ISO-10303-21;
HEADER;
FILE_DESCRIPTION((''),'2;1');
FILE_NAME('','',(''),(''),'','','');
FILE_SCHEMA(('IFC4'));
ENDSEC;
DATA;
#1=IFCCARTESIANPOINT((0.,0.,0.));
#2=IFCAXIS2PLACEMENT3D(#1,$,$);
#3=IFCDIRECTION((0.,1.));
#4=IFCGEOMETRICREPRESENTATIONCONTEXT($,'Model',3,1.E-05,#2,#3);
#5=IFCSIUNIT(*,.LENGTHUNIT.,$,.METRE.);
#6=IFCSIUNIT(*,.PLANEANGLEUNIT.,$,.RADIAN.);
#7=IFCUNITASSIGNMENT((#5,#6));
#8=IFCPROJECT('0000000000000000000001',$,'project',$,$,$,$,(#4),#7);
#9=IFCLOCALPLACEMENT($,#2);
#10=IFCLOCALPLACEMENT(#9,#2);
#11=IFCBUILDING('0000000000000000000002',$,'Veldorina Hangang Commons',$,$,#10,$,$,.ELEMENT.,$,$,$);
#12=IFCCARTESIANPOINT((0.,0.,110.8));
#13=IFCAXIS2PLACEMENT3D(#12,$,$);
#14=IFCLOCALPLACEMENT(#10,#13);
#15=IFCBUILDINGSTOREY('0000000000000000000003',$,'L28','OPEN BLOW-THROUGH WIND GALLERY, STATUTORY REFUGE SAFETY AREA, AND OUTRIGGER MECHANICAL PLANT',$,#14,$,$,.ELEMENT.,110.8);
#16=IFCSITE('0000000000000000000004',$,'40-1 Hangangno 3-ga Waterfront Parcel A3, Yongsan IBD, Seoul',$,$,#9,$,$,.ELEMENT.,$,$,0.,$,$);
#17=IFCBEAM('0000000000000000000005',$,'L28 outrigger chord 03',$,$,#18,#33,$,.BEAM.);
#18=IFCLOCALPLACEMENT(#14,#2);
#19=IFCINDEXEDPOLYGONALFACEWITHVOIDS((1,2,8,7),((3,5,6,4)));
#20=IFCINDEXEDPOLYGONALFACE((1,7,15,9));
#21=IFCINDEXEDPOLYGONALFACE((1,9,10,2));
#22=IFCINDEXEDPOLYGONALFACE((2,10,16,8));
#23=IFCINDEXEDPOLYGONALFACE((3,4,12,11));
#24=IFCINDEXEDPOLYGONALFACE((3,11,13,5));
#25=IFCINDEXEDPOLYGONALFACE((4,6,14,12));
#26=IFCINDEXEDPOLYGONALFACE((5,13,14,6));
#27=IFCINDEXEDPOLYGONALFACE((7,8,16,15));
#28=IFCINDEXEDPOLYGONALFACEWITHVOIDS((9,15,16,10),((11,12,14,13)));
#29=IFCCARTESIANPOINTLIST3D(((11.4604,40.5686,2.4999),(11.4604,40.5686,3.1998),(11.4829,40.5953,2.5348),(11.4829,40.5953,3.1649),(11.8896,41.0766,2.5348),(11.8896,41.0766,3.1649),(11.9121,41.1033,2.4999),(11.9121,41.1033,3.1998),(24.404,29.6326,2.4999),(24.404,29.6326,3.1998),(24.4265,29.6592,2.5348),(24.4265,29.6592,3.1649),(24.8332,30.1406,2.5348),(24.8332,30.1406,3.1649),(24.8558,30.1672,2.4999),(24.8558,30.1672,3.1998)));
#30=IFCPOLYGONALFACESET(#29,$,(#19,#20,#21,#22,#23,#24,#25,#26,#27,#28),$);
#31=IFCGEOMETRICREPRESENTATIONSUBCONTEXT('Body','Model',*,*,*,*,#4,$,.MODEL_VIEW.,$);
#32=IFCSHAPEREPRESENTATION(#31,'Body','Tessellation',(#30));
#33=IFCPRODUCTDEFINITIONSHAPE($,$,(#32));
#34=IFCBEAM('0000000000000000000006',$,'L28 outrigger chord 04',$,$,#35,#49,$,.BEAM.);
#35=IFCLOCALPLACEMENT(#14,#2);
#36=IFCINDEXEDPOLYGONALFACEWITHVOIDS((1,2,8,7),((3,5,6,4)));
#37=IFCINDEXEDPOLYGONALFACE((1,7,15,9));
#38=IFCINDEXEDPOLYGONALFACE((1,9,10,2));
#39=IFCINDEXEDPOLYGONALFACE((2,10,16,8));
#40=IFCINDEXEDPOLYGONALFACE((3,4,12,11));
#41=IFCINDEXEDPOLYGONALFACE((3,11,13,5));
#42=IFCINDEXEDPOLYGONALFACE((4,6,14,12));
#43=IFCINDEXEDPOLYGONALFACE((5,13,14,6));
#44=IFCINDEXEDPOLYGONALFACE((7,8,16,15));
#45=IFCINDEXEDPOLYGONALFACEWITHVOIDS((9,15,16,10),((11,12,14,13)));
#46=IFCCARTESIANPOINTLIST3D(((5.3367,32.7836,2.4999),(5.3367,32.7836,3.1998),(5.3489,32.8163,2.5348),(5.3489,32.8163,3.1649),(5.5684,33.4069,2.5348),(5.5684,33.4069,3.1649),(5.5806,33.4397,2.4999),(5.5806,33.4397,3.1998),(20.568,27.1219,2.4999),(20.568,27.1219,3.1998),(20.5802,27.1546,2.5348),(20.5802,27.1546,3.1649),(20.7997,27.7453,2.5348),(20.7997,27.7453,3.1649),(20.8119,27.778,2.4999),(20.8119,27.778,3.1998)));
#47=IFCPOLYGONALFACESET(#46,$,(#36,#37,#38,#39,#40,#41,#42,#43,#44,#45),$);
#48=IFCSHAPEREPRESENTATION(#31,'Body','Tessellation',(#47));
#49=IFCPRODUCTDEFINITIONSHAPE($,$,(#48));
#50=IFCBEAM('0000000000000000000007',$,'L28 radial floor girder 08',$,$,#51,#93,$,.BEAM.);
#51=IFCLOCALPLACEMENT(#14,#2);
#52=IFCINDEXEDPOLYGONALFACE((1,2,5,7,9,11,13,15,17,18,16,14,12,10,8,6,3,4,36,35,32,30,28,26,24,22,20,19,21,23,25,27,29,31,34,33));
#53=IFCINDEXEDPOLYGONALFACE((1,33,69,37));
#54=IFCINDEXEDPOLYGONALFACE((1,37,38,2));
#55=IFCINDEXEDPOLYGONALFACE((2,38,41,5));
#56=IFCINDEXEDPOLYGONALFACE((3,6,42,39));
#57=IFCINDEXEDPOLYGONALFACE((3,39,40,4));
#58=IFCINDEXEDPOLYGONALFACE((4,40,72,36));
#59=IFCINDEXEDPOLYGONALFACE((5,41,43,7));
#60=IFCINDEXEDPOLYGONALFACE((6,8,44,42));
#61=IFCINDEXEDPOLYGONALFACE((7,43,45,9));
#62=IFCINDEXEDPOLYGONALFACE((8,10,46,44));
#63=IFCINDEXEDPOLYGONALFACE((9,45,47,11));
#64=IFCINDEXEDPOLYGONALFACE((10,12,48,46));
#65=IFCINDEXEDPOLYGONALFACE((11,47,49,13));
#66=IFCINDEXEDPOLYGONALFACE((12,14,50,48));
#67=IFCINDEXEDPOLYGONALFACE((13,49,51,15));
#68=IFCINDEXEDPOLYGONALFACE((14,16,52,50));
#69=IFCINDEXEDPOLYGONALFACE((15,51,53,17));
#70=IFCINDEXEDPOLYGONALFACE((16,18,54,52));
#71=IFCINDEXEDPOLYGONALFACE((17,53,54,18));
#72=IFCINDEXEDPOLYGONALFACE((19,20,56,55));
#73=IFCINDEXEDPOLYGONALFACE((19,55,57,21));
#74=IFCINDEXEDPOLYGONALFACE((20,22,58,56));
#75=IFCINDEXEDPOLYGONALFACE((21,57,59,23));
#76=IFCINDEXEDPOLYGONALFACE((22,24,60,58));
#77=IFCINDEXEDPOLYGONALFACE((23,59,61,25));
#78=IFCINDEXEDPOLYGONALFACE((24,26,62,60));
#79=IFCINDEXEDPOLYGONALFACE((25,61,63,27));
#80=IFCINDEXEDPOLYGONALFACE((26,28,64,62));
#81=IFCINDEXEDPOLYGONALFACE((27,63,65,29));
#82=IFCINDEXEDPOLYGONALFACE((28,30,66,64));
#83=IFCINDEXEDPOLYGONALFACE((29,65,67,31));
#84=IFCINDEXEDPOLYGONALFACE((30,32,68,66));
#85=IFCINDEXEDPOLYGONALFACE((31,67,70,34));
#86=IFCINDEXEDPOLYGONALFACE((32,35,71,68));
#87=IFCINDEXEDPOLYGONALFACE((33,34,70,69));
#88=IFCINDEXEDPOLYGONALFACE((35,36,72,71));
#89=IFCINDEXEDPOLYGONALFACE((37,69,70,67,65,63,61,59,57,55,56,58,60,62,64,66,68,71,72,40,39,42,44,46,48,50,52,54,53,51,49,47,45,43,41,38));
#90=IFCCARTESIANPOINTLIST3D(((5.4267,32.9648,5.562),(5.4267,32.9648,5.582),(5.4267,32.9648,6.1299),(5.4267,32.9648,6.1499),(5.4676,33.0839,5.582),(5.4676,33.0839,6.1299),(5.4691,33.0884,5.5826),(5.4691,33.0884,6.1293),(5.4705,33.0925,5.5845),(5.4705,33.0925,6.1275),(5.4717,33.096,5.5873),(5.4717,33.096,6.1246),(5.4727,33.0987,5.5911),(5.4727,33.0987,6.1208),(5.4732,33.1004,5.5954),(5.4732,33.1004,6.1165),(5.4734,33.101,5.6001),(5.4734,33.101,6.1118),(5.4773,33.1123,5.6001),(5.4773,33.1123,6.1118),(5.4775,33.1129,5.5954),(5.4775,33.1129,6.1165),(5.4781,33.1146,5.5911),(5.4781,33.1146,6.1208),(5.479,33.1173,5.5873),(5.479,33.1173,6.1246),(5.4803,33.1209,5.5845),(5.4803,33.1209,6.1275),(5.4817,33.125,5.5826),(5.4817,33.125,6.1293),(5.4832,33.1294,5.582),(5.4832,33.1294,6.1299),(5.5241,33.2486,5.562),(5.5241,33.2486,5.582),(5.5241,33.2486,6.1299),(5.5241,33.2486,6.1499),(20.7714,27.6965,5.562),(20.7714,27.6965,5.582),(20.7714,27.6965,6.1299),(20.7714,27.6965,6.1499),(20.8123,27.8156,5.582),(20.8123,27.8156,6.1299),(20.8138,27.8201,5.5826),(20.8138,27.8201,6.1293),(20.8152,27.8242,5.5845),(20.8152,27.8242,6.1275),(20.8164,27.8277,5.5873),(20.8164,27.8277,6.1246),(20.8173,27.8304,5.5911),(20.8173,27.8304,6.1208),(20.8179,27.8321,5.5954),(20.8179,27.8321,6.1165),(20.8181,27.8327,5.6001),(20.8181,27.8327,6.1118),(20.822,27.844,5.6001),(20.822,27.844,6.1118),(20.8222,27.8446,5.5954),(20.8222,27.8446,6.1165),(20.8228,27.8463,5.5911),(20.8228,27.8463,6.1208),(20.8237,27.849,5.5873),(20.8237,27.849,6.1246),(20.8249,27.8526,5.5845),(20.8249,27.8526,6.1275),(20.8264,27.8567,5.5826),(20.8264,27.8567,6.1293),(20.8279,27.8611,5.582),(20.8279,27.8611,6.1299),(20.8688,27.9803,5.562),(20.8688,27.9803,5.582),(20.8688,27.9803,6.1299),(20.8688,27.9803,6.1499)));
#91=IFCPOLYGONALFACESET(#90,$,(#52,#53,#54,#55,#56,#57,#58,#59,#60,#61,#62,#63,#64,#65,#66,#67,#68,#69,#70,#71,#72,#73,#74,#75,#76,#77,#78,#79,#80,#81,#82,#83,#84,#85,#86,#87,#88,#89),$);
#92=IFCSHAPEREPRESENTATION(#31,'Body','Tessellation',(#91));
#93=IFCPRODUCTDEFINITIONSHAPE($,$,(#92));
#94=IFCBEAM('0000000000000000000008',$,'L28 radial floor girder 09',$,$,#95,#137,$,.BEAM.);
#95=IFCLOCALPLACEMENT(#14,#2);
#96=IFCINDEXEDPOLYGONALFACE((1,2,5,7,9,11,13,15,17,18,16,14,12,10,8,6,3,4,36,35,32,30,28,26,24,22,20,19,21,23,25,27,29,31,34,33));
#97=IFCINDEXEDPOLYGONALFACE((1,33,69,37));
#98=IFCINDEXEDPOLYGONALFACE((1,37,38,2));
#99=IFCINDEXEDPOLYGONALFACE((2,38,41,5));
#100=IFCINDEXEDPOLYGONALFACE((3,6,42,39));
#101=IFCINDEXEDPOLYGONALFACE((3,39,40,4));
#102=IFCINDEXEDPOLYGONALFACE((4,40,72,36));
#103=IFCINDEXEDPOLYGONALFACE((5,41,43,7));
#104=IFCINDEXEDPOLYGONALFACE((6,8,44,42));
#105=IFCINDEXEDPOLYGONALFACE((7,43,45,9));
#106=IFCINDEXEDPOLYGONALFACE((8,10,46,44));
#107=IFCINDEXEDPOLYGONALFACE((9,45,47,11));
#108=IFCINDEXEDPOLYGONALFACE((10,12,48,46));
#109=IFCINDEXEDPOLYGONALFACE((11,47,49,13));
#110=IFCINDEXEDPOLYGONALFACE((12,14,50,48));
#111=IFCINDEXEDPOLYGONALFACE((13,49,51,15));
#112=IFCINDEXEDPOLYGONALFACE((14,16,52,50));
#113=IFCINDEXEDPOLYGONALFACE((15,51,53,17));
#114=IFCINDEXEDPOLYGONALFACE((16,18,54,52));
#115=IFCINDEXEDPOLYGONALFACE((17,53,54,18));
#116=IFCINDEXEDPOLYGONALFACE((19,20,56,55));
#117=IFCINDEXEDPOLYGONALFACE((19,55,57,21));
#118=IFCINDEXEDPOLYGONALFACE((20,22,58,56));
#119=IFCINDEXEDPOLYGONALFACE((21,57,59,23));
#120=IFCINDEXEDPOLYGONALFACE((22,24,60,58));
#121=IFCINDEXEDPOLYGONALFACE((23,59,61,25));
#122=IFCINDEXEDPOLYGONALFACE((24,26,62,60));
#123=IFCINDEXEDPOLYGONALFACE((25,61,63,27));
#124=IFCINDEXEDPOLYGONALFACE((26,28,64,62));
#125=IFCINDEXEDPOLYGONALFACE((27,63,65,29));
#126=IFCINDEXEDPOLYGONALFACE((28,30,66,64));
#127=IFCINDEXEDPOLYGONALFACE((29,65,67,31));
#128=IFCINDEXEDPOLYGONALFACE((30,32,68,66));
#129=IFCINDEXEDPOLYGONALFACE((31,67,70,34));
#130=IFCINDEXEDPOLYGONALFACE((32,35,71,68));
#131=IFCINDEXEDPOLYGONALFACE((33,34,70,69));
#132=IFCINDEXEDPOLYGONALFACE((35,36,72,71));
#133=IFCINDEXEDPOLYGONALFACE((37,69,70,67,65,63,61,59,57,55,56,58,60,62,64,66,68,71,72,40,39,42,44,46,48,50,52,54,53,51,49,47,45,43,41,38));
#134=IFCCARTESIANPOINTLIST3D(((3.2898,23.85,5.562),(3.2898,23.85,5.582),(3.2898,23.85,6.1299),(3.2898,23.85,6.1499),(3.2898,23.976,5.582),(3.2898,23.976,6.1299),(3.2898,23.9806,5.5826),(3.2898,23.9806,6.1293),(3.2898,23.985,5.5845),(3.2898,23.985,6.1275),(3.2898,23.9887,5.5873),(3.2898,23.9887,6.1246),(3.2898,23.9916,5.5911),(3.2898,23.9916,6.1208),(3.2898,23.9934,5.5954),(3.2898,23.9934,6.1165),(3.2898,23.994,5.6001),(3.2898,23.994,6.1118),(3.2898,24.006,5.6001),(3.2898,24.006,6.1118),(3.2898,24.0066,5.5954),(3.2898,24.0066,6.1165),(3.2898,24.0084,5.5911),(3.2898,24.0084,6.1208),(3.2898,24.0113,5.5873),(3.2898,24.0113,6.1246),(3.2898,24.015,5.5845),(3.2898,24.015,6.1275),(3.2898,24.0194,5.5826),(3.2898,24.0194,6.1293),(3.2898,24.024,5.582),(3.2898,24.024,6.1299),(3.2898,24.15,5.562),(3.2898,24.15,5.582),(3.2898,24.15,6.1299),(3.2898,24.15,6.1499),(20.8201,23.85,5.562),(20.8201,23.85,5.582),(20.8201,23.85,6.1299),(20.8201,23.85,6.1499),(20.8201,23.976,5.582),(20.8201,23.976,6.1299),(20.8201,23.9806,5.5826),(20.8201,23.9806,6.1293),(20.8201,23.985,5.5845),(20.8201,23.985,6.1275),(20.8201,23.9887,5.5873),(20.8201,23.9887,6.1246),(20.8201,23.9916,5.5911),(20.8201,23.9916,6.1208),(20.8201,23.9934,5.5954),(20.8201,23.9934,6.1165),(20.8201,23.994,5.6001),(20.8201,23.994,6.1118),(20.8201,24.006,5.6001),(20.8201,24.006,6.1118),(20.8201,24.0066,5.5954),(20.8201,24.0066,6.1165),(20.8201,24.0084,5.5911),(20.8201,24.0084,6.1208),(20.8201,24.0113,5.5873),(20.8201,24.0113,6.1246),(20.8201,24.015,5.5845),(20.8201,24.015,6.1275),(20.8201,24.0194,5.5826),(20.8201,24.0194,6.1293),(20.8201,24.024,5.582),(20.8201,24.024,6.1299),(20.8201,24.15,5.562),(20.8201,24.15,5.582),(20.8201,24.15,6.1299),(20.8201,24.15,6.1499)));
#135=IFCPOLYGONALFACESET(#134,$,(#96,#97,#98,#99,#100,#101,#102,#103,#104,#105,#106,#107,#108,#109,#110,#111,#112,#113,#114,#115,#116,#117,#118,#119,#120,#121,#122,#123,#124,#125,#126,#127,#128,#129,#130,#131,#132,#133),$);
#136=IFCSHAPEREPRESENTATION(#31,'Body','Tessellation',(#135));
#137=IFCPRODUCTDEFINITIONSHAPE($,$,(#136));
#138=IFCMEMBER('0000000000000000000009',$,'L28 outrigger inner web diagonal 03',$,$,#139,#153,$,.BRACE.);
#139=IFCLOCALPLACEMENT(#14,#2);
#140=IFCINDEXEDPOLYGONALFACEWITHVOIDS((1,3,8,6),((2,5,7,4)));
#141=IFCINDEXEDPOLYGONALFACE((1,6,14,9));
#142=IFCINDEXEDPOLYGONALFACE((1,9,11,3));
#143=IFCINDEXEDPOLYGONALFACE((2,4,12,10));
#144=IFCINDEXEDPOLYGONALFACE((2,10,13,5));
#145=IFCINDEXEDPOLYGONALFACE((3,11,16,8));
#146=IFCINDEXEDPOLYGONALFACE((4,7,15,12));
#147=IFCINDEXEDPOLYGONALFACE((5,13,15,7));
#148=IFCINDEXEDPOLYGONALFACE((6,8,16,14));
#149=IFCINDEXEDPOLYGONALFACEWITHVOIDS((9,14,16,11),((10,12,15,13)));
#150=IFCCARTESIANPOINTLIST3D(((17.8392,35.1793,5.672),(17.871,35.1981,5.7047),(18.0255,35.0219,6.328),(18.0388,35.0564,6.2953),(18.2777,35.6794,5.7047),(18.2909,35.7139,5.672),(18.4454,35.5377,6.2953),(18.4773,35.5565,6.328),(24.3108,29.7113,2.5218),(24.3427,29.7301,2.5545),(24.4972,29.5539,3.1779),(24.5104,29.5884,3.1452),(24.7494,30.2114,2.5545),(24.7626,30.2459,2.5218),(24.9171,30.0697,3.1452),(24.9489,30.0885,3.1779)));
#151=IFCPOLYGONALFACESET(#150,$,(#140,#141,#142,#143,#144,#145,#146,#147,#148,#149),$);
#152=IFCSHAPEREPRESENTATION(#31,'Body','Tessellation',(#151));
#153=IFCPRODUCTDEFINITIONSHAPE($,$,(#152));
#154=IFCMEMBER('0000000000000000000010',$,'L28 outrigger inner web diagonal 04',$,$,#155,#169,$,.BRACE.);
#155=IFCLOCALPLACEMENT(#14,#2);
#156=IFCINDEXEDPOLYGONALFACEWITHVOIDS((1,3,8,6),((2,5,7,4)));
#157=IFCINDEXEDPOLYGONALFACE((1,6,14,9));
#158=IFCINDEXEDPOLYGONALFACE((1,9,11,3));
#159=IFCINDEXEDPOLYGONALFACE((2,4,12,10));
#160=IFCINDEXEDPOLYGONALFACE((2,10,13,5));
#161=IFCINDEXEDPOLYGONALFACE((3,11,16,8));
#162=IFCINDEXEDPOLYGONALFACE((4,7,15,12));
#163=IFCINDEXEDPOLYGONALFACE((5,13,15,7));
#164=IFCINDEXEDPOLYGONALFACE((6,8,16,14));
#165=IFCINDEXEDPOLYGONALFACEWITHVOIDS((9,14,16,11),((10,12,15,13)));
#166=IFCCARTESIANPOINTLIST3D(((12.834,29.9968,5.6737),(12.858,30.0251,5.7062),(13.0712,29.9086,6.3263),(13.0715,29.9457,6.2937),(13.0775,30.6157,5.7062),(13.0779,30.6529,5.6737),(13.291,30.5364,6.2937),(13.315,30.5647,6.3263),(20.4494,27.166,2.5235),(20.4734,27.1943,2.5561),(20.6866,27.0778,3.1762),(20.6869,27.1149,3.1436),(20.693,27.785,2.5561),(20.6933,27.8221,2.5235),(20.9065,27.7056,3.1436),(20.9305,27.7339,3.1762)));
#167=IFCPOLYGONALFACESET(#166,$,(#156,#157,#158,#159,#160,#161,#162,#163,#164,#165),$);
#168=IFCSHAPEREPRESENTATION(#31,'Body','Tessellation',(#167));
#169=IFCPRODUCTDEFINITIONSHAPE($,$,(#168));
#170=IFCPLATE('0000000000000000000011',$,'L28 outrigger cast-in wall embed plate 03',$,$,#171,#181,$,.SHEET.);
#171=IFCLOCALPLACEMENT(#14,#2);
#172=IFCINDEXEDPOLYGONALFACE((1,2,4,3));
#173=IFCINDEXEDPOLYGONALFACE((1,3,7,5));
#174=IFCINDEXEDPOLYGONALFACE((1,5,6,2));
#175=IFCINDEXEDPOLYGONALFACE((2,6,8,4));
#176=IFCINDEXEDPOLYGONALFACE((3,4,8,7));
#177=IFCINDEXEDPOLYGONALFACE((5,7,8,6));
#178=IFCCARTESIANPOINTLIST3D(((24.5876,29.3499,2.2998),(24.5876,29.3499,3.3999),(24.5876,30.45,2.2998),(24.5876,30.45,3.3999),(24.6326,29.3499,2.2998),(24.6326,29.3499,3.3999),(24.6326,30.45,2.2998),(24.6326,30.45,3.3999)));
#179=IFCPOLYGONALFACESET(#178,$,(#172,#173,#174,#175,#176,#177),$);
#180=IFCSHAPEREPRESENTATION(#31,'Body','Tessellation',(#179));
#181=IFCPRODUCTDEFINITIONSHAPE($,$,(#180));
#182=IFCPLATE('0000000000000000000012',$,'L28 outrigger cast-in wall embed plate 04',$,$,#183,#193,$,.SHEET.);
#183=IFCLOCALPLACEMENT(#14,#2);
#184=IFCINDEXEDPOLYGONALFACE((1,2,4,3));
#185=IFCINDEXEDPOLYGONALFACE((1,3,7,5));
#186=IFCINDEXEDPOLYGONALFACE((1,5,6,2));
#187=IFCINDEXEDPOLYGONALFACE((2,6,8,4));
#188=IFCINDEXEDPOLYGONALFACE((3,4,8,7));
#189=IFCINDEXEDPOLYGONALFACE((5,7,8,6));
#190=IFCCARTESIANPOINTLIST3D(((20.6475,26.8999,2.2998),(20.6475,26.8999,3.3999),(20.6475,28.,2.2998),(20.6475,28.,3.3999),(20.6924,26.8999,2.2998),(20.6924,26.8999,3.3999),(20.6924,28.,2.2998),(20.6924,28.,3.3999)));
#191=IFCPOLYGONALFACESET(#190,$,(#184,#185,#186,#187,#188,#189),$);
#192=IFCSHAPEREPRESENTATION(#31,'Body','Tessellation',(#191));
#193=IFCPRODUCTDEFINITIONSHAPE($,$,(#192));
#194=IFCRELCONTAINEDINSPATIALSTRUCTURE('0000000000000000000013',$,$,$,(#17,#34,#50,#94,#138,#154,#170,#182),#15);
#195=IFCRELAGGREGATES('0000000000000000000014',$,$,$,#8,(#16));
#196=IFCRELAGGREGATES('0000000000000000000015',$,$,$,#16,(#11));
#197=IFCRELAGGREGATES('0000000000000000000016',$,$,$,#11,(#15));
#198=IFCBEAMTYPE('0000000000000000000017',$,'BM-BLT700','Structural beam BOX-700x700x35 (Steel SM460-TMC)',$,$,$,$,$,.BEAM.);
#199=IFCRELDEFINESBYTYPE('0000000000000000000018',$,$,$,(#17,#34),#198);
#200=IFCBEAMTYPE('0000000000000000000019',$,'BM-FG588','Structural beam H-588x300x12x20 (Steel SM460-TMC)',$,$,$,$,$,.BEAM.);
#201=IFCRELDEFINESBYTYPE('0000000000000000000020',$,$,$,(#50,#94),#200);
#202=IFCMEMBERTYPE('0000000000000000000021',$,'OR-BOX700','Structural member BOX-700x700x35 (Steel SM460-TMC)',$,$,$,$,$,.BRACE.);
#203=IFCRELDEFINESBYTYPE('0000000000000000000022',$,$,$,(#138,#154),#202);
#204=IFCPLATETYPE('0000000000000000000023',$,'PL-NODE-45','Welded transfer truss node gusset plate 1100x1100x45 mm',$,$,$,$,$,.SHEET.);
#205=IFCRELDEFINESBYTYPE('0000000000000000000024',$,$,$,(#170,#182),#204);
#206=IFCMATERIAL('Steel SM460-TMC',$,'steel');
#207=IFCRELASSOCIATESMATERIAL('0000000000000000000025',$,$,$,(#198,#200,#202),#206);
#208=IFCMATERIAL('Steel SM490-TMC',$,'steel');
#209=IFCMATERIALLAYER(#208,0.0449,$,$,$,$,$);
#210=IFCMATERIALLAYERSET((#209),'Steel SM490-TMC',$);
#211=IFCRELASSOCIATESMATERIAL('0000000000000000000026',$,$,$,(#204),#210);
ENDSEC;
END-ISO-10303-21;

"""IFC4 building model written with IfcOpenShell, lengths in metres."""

from ifc_helpers import new_model, si_unit, direction, frame, origin, origin_2d, place, context, subcontext, project, spatial, rectangle, hollow_rectangle, i_section, extrude, material, layer, layer_set, material_profile, profile_set, type_object, element, save


model = new_model("IFC4")

# Units and contexts
model_context = context("Model", 3, precision=1e-05, world=origin(), true_north=direction((0.0, 1.0)))
body_context = subcontext(model_context, "Body", "Model", "MODEL_VIEW")
ifc_project = project(units=[si_unit("LENGTHUNIT", "METRE"), si_unit("PLANEANGLEUNIT", "RADIAN")], contexts=[model_context])

# Site, building, storey
site_placement = place(None, origin())
site = spatial("IfcSite", under=ifc_project, at=site_placement, Name="40-1 Hangangno 3-ga Waterfront Parcel A3, Yongsan IBD, Seoul", CompositionType="ELEMENT", RefElevation=0.0)
building_placement = place(site_placement, origin())
building = spatial("IfcBuilding", under=site, at=building_placement, Name="Veldorina Hangang Commons", CompositionType="ELEMENT")
storey_placement = place(building_placement, frame((0.0, 0.0, 110.8)))
storey = spatial("IfcBuildingStorey", under=building, at=storey_placement, Name="L28", Description="OPEN BLOW-THROUGH WIND GALLERY, STATUTORY REFUGE SAFETY AREA, AND OUTRIGGER MECHANICAL PLANT", CompositionType="ELEMENT", Elevation=110.8)

# Beams
ifc_material_1 = material(Name="Steel SM460-TMC", Category="steel")
ifc_material_profile_1 = material_profile(ifc_material_1, hollow_rectangle(XDim=0.7, YDim=0.7, WallThickness=0.0349, at=origin_2d()), Name="BOX-700x700x35")
ifc_profile_set_1 = profile_set([ifc_material_profile_1], Name="Steel SM460-TMC")
beam_type_1 = type_object("IfcBeamType", Name="BM-BLT700", Description="Structural beam BOX-700x700x35 (Steel SM460-TMC)", PredefinedType="BEAM", material=ifc_profile_set_1)
beam_1_placement = place(storey_placement, frame((24.6299, 29.8999, 2.8499), z_axis=(-0.763859, 0.645383, 0.0), x_axis=(-0.645383, -0.763859, 0.0)))
element("IfcBeam", 1, at=beam_1_placement, inside=storey, type_object=beam_type_1, Name="L28 outrigger chord 03", PredefinedType="BEAM", context=body_context, shape_type="SweptSolid", body=[
    extrude(hollow_rectangle(XDim=0.7, YDim=0.7, WallThickness=0.0349, at=origin_2d()), origin(), (0.0, 0.0, 1.0), 16.9451),
])
beam_2_placement = place(storey_placement, frame((20.6899, 27.45, 2.8499), z_axis=(-0.937339, 0.34842, 0.0), x_axis=(-0.34842, -0.937339, 0.0)))
element("IfcBeam", 2, at=beam_2_placement, inside=storey, type_object=beam_type_1, Name="L28 outrigger chord 04", PredefinedType="BEAM", context=body_context, shape_type="SweptSolid", body=[
    extrude(hollow_rectangle(XDim=0.7, YDim=0.7, WallThickness=0.0349, at=origin_2d()), origin(), (0.0, 0.0, 1.0), 16.2495),
])
ifc_material_profile_2 = material_profile(ifc_material_1, i_section(OverallWidth=0.3, OverallDepth=0.5879, WebThickness=0.012, FlangeThickness=0.02, FilletRadius=0.0181, at=origin_2d()), Name="H-588x300x12x20")
ifc_profile_set_2 = profile_set([ifc_material_profile_2], Name="Steel SM460-TMC")
beam_type_2 = type_object("IfcBeamType", Name="BM-FG588", Description="Structural beam H-588x300x12x20 (Steel SM460-TMC)", PredefinedType="BEAM", material=ifc_profile_set_2)
beam_3_placement = place(storey_placement, frame((20.8201, 27.8384, 5.856), z_axis=(-0.945809, 0.324725, 0.0), x_axis=(-0.324725, -0.945809, 0.0)))
element("IfcBeam", 3, at=beam_3_placement, inside=storey, type_object=beam_type_2, Name="L28 radial floor girder 08", PredefinedType="BEAM", context=body_context, shape_type="SweptSolid", body=[
    extrude(i_section(OverallWidth=0.3, OverallDepth=0.5879, WebThickness=0.012, FlangeThickness=0.02, FilletRadius=0.0181, at=origin_2d()), origin(), (0.0, 0.0, 1.0), 16.2239),
])
beam_4_placement = place(storey_placement, frame((20.8201, 24.0, 5.856), z_axis=(-1.0, 0.0, 0.0), x_axis=(0.0, -1.0, 0.0)))
element("IfcBeam", 4, at=beam_4_placement, inside=storey, type_object=beam_type_2, Name="L28 radial floor girder 09", PredefinedType="BEAM", context=body_context, shape_type="SweptSolid", body=[
    extrude(i_section(OverallWidth=0.3, OverallDepth=0.5879, WebThickness=0.012, FlangeThickness=0.02, FilletRadius=0.0181, at=origin_2d()), origin(), (0.0, 0.0, 1.0), 17.5303),
])

# Members
ifc_material_profile_3 = material_profile(ifc_material_1, hollow_rectangle(XDim=0.7, YDim=0.7, WallThickness=0.0349, at=origin_2d()), Name="BOX-700x700x35")
ifc_profile_set_3 = profile_set([ifc_material_profile_3], Name="Steel SM460-TMC")
member_type = type_object("IfcMemberType", Name="OR-BOX700", Description="Structural member BOX-700x700x35 (Steel SM460-TMC)", PredefinedType="BRACE", material=ifc_profile_set_3)
member_1_placement = place(storey_placement, frame((24.6299, 29.8999, 2.8499), z_axis=(-0.715965, 0.60493, 0.348502), x_axis=(-0.64539, -0.763853, 0.0)))
element("IfcMember", 5, at=member_1_placement, inside=storey, type_object=member_type, Name="L28 outrigger inner web diagonal 03", PredefinedType="BRACE", context=body_context, shape_type="SweptSolid", body=[
    extrude(hollow_rectangle(XDim=0.7, YDim=0.7, WallThickness=0.0349, at=origin_2d()), origin(), (0.0, 0.0, 1.0), 9.0391),
])
member_2_placement = place(storey_placement, frame((20.6899, 27.45, 2.8499), z_axis=(-0.873944, 0.324861, 0.361507), x_axis=(-0.348425, -0.937337, 0.0)))
element("IfcMember", 6, at=member_2_placement, inside=storey, type_object=member_type, Name="L28 outrigger inner web diagonal 04", PredefinedType="BRACE", context=body_context, shape_type="SweptSolid", body=[
    extrude(hollow_rectangle(XDim=0.7, YDim=0.7, WallThickness=0.0349, at=origin_2d()), origin(), (0.0, 0.0, 1.0), 8.7139),
])

# Plates
ifc_material_2 = material(Name="Steel SM490-TMC", Category="steel")
ifc_layer_1 = layer(ifc_material_2, 0.0449)
ifc_layer_set_1 = layer_set([ifc_layer_1], Name="Steel SM490-TMC")
plate_type = type_object("IfcPlateType", Name="PL-NODE-45", Description="Welded transfer truss node gusset plate 1100x1100x45 mm", PredefinedType="SHEET", material=ifc_layer_set_1)
for number, where, z_axis, x_axis, name in (
    (7, (24.6101, 29.8999, 2.2998), (0.0, 0.0, 1.0), (1.0, 0.0, 0.0), "L28 outrigger cast-in wall embed plate 03"),
    (8, (20.6699, 27.45, 2.2998), (0.0, 0.0, 1.0), (1.0, 0.0, 0.0), "L28 outrigger cast-in wall embed plate 04"),
):
    element("IfcPlate", number, at=place(storey_placement, frame(where, z_axis=z_axis, x_axis=x_axis)), inside=storey, type_object=plate_type, Name=name, PredefinedType="SHEET", context=body_context, shape_type="SweptSolid", body=[
        extrude(rectangle(XDim=0.0449, YDim=1.1001, at=origin_2d()), origin(), (0.0, 0.0, 1.0), 1.1001),
    ])

save(model, "model.ifc")
